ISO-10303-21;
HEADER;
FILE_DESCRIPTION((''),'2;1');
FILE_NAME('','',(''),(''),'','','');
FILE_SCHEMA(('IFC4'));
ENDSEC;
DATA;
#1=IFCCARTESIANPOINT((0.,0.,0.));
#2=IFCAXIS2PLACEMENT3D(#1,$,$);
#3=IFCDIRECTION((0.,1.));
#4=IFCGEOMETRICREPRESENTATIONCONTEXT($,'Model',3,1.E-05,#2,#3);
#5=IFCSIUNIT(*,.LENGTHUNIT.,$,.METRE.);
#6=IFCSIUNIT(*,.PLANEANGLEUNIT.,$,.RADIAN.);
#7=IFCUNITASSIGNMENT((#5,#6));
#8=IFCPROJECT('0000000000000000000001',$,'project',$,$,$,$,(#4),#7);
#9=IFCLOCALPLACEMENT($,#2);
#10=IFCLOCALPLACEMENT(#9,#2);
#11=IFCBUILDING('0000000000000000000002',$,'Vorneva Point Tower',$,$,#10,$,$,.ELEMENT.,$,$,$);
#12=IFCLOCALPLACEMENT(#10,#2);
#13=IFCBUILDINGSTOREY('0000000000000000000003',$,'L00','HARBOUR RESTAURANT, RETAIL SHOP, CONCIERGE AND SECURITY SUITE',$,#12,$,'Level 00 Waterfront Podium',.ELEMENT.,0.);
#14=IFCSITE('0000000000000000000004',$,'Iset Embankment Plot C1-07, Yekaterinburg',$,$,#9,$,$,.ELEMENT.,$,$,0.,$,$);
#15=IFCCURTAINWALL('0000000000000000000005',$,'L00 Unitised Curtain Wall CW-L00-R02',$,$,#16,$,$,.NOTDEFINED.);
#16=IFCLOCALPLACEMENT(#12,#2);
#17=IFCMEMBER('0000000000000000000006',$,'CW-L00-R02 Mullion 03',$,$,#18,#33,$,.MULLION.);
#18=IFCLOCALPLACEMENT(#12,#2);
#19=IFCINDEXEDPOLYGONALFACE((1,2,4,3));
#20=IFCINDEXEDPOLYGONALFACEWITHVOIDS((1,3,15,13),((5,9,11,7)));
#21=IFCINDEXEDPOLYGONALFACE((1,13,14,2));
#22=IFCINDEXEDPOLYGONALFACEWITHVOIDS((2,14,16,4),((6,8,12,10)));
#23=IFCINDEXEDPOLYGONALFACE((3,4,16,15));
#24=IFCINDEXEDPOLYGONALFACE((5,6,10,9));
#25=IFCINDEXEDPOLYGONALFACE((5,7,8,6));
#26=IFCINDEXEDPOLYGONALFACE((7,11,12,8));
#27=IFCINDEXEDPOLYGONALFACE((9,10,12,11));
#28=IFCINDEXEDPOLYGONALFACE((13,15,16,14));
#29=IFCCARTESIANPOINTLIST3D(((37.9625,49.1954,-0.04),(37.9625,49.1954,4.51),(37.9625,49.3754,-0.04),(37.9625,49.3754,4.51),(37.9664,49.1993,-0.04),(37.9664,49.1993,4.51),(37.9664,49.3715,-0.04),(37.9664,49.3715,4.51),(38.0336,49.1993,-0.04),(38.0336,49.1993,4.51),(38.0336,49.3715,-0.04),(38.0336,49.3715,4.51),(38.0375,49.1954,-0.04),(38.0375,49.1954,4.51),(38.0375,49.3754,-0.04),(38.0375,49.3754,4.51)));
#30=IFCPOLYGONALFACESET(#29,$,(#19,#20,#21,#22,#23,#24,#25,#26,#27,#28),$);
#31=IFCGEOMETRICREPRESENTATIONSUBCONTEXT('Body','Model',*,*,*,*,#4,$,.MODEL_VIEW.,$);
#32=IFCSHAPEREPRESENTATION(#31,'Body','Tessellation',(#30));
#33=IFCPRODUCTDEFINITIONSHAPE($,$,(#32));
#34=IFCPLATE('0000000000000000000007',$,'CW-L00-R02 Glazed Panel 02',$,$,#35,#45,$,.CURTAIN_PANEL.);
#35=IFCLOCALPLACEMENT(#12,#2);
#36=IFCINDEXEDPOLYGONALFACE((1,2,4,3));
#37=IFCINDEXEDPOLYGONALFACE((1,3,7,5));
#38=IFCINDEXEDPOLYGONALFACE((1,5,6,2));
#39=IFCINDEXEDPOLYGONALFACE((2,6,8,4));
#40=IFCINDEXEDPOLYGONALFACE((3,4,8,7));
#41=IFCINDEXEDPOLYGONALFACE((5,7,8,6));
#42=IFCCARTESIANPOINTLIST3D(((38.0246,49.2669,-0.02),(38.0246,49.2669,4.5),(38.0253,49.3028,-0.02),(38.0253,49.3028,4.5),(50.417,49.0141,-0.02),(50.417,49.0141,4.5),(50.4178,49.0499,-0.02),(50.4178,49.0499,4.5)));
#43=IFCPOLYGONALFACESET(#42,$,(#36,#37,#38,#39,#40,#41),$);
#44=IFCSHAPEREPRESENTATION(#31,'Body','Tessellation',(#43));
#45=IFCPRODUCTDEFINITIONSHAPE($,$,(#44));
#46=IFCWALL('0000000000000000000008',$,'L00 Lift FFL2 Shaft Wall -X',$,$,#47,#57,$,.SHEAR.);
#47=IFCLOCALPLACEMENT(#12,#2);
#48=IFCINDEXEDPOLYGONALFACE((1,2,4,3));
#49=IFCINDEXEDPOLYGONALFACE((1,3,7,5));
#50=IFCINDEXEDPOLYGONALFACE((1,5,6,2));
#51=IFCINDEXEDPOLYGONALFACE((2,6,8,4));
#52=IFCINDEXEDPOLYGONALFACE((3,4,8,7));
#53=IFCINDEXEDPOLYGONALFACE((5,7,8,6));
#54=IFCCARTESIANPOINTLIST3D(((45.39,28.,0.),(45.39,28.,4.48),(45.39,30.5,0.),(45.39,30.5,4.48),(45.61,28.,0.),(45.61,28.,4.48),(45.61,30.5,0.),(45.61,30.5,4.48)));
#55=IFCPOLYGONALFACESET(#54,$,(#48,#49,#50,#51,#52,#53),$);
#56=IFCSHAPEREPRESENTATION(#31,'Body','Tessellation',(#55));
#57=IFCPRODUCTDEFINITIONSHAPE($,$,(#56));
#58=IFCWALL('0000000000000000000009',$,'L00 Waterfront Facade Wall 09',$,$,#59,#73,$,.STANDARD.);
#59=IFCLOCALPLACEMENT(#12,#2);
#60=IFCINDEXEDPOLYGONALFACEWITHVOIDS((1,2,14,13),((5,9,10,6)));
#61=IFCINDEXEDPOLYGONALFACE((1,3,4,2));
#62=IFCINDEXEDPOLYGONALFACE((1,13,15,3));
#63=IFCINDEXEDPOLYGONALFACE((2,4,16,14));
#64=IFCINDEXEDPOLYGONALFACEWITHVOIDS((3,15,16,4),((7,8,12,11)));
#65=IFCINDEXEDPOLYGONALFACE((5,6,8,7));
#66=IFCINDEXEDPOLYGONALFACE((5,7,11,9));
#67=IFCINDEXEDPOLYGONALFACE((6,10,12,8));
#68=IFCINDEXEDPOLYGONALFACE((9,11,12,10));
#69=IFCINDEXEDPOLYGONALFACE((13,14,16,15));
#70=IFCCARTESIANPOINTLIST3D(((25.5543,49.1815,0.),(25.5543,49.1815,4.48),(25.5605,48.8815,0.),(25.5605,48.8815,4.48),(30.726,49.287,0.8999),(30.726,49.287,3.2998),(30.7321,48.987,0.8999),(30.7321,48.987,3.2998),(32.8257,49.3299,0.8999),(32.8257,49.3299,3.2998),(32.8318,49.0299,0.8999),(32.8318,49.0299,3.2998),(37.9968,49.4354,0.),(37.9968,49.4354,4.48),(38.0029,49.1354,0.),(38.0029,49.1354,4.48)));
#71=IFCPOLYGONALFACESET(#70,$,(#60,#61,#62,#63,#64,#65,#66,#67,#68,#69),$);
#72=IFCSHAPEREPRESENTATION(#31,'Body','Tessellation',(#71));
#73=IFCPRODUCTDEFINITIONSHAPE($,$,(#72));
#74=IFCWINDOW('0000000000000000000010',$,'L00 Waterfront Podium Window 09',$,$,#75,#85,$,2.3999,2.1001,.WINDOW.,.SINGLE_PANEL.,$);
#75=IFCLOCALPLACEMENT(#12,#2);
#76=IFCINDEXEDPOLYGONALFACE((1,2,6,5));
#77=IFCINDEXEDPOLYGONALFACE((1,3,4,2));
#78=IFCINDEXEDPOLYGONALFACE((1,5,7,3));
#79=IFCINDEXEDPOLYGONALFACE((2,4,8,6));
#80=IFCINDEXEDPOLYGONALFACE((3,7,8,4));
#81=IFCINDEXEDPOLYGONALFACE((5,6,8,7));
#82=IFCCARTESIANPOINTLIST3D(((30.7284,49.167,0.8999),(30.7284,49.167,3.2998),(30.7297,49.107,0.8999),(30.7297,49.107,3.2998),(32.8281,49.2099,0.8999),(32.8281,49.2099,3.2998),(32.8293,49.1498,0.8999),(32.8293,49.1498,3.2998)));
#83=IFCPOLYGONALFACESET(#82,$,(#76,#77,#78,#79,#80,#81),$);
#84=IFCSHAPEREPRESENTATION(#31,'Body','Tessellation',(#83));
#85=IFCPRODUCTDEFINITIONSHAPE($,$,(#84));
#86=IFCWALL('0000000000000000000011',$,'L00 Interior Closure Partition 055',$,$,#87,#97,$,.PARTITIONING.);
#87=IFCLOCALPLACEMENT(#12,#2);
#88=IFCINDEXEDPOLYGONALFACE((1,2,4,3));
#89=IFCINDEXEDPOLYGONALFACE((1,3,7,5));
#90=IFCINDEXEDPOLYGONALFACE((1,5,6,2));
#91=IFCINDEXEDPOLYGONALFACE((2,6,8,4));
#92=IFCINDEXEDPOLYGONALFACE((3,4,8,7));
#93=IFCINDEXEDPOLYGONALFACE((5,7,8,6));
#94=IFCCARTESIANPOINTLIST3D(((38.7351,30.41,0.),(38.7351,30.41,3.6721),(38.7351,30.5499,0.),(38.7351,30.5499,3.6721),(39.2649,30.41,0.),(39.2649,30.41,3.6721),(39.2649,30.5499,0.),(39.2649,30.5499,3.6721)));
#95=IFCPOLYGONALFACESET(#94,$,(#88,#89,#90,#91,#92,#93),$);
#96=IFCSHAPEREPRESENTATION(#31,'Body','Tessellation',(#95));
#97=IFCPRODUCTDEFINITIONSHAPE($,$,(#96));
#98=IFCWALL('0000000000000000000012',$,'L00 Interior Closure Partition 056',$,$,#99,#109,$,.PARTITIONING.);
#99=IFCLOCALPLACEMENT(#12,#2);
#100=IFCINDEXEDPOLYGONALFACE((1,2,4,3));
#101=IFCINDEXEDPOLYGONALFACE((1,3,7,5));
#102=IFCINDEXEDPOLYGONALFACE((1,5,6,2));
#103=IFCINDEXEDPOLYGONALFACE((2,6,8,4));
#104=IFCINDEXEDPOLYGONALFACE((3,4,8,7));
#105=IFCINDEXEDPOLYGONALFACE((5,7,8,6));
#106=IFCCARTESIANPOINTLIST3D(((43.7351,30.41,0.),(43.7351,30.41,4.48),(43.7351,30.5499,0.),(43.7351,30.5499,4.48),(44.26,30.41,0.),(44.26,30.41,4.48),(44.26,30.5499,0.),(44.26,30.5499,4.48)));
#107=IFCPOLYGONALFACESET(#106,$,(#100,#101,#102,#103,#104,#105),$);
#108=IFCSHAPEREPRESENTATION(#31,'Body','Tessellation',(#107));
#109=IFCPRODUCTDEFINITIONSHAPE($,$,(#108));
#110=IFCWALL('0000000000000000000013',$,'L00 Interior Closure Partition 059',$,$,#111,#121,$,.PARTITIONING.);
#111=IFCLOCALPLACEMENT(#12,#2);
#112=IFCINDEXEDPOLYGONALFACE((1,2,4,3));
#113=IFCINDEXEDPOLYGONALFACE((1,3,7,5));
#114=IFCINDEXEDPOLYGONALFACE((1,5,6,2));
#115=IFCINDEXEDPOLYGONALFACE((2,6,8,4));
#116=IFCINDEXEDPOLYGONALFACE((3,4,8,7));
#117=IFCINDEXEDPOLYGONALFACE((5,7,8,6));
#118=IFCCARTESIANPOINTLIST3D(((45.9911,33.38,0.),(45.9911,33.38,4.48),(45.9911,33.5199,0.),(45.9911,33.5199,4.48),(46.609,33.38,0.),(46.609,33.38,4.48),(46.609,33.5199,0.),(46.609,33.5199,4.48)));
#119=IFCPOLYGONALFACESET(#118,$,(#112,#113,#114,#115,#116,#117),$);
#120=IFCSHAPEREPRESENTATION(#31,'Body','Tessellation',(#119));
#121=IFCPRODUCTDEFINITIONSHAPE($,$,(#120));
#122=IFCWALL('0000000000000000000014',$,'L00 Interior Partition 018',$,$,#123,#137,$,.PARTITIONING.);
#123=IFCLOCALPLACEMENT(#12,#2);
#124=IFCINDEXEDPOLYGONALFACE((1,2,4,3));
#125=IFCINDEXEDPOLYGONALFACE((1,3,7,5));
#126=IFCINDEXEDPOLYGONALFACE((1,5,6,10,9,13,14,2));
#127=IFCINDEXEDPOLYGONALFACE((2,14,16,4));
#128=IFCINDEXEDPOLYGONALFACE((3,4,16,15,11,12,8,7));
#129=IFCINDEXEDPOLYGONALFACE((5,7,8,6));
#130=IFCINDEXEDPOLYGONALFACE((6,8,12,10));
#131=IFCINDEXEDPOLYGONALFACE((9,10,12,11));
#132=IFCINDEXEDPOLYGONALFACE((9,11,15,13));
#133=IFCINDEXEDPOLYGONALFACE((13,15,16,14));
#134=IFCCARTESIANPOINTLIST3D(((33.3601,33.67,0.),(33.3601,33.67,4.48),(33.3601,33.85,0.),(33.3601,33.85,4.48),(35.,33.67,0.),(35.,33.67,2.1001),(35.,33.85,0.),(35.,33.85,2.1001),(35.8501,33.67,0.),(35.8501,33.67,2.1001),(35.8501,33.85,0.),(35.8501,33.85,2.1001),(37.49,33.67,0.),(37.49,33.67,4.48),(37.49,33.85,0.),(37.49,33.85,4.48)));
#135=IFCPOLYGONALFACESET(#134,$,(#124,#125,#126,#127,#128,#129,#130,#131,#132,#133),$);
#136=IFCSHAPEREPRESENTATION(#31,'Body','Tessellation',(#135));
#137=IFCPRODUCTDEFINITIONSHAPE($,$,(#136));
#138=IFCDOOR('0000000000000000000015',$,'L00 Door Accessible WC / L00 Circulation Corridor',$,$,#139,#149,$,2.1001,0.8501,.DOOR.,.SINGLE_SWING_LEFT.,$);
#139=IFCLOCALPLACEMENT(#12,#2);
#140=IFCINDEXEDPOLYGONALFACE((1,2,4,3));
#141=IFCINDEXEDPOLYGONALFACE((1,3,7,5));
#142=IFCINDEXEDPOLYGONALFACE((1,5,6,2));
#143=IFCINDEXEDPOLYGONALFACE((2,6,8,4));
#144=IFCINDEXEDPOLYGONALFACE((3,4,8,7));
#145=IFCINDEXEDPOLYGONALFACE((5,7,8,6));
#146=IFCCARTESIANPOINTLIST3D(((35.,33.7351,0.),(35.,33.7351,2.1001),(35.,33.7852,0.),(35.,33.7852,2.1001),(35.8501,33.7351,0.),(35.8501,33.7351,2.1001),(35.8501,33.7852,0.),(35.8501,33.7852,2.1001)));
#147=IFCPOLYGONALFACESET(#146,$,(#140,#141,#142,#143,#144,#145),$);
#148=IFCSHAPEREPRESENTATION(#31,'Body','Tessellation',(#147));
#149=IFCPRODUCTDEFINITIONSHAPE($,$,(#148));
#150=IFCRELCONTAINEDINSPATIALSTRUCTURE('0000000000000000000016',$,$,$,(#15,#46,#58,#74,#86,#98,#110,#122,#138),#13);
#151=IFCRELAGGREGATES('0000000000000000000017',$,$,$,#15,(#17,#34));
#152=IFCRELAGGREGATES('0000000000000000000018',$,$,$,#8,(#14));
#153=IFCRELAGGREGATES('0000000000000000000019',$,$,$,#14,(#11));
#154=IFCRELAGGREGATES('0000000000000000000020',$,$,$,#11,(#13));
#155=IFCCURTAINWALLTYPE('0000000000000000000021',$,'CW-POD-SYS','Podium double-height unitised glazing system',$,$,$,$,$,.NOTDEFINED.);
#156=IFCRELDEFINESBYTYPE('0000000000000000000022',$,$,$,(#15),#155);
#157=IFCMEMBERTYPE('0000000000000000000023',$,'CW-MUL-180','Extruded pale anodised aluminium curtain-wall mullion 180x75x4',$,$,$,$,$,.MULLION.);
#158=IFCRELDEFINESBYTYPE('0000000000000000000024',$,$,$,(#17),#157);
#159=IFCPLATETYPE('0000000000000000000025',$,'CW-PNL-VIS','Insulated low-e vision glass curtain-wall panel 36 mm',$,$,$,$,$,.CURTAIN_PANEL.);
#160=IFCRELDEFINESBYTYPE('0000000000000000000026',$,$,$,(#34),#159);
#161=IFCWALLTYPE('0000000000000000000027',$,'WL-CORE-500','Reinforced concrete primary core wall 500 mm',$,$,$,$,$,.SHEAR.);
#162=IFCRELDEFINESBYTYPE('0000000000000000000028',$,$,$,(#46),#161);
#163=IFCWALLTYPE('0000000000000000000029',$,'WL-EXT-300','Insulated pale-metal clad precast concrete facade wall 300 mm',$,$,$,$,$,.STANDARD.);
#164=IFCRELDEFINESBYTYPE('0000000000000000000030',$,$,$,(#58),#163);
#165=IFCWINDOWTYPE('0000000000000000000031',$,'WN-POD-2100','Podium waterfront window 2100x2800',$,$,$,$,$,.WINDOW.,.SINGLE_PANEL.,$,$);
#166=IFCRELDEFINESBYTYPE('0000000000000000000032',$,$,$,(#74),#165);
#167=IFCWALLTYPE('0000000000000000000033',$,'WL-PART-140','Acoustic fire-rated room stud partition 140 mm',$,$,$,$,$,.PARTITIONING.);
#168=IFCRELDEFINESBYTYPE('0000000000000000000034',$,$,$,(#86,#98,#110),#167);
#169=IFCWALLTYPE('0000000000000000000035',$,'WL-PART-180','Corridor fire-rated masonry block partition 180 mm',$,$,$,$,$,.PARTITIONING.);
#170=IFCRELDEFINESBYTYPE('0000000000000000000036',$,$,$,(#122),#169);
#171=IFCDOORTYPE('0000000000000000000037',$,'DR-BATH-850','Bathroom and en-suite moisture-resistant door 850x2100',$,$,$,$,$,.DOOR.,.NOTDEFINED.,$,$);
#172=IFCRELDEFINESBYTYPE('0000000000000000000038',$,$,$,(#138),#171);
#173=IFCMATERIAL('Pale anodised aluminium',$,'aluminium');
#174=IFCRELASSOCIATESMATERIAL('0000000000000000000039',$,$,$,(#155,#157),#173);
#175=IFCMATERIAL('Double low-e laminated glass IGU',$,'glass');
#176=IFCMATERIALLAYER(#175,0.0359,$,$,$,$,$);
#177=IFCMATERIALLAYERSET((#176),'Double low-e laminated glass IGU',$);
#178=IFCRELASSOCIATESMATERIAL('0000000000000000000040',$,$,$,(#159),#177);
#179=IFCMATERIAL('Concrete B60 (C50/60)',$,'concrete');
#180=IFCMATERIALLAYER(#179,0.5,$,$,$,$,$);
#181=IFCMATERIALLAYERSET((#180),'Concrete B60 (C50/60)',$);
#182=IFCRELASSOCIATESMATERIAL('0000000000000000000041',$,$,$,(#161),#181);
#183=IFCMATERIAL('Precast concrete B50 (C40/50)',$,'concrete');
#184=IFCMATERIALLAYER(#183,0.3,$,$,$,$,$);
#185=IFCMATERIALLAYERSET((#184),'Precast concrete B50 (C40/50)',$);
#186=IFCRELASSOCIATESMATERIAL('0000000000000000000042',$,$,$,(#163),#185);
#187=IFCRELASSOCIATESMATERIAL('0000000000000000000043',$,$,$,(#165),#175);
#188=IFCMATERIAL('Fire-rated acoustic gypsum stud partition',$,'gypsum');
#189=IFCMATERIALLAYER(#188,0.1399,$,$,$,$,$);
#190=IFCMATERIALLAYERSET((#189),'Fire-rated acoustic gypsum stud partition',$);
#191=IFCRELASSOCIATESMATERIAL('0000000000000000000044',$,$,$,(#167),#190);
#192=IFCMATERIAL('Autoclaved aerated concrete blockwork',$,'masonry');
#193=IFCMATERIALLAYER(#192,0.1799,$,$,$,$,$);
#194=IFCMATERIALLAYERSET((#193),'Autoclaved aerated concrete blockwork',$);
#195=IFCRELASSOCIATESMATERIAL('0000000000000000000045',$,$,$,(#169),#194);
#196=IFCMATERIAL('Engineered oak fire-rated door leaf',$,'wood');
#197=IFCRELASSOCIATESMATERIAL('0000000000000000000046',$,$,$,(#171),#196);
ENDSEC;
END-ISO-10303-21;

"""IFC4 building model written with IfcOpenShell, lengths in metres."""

from ifc_helpers import new_model, si_unit, direction, frame, frame_2d, origin, origin_2d, place, context, subcontext, project, spatial, rectangle, hollow_rectangle, extrude, material, layer, layer_set, material_profile, profile_set, type_object, element, fill, aggregate, save


model = new_model("IFC4")

# Units and contexts
model_context = context("Model", 3, precision=1e-05, world=origin(), true_north=direction((0.0, 1.0)))
body_context = subcontext(model_context, "Body", "Model", "MODEL_VIEW")
ifc_project = project(units=[si_unit("LENGTHUNIT", "METRE"), si_unit("PLANEANGLEUNIT", "RADIAN")], contexts=[model_context])

# Site, building, storey
site_placement = place(None, origin())
site = spatial("IfcSite", under=ifc_project, at=site_placement, Name="Iset Embankment Plot C1-07, Yekaterinburg", CompositionType="ELEMENT", RefElevation=0.0)
building_placement = place(site_placement, origin())
building = spatial("IfcBuilding", under=site, at=building_placement, Name="Vorneva Point Tower", CompositionType="ELEMENT")
storey_placement = place(building_placement, origin())
storey = spatial("IfcBuildingStorey", under=building, at=storey_placement, Name="L00", Description="HARBOUR RESTAURANT, RETAIL SHOP, CONCIERGE AND SECURITY SUITE", LongName="Level 00 Waterfront Podium", CompositionType="ELEMENT", Elevation=0.0)

# Shared definitions
ifc_material_1 = material(Name="Concrete B60 (C50/60)", Category="concrete")

# Curtain wall, member, plate
ifc_material_2 = material(Name="Pale anodised aluminium", Category="aluminium")
curtain_wall_type = type_object("IfcCurtainWallType", Name="CW-POD-SYS", Description="Podium double-height unitised glazing system", PredefinedType="NOTDEFINED", material=ifc_material_2)
curtain_wall_placement = place(storey_placement, origin())
curtain_wall = element("IfcCurtainWall", 1, at=curtain_wall_placement, inside=storey, type_object=curtain_wall_type, Name="L00 Unitised Curtain Wall CW-L00-R02", PredefinedType="NOTDEFINED")
ifc_material_profile_1 = material_profile(ifc_material_2, hollow_rectangle(XDim=0.075, YDim=0.1799, WallThickness=0.0039, at=origin_2d()), Name="AL-MUL 180x75x4")
ifc_profile_set_1 = profile_set([ifc_material_profile_1], Name="Pale anodised aluminium")
member_type = type_object("IfcMemberType", Name="CW-MUL-180", Description="Extruded pale anodised aluminium curtain-wall mullion 180x75x4", PredefinedType="MULLION", material=ifc_profile_set_1)
member_placement = place(storey_placement, frame((38.0, 49.2854, -0.04), z_axis=(0.0, 0.0, 1.0), x_axis=(1.0, 0.0, 0.0)))
member = element("IfcMember", 2, at=member_placement, type_object=member_type, Name="CW-L00-R02 Mullion 03", PredefinedType="MULLION", context=body_context, shape_type="SweptSolid", body=[
    extrude(hollow_rectangle(XDim=0.075, YDim=0.1799, WallThickness=0.0039, at=origin_2d()), origin(), (0.0, 0.0, 1.0), 4.55),
])
ifc_material_3 = material(Name="Double low-e laminated glass IGU", Category="glass")
ifc_layer_1 = layer(ifc_material_3, 0.0359)
ifc_layer_set_1 = layer_set([ifc_layer_1], Name="Double low-e laminated glass IGU")
plate_type = type_object("IfcPlateType", Name="CW-PNL-VIS", Description="Insulated low-e vision glass curtain-wall panel 36 mm", PredefinedType="CURTAIN_PANEL", material=ifc_layer_set_1)
plate_placement = place(storey_placement, frame((44.2212, 49.1584, -0.02), z_axis=(0.0, 0.0, 1.0), x_axis=(-0.999792, 0.020401, 0.0)))
plate = element("IfcPlate", 3, at=plate_placement, type_object=plate_type, Name="CW-L00-R02 Glazed Panel 02", PredefinedType="CURTAIN_PANEL", context=body_context, shape_type="SweptSolid", body=[
    extrude(rectangle(XDim=12.395, YDim=0.0359, at=origin_2d()), origin(), (0.0, 0.0, 1.0), 4.52),
])
aggregate(curtain_wall, [member, plate])

# Wall
ifc_layer_2 = layer(ifc_material_1, 0.5)
ifc_layer_set_2 = layer_set([ifc_layer_2], Name="Concrete B60 (C50/60)")
wall_type_1 = type_object("IfcWallType", Name="WL-CORE-500", Description="Reinforced concrete primary core wall 500 mm", PredefinedType="SHEAR", material=ifc_layer_set_2)
wall_1_placement = place(storey_placement, frame((45.5, 30.5, 0.0), z_axis=(0.0, 0.0, 1.0), x_axis=(0.0, -1.0, 0.0)))
element("IfcWall", 4, at=wall_1_placement, inside=storey, type_object=wall_type_1, Name="L00 Lift FFL2 Shaft Wall -X", PredefinedType="SHEAR", context=body_context, shape_type="SweptSolid", body=[
    extrude(rectangle(XDim=2.5, YDim=0.22, at=frame_2d((1.25, 0.0))), origin(), (0.0, 0.0, 1.0), 4.48),
])

# Wall, opening, window
ifc_material_4 = material(Name="Precast concrete B50 (C40/50)", Category="concrete")
ifc_layer_3 = layer(ifc_material_4, 0.3)
ifc_layer_set_3 = layer_set([ifc_layer_3], Name="Precast concrete B50 (C40/50)")
wall_type_2 = type_object("IfcWallType", Name="WL-EXT-300", Description="Insulated pale-metal clad precast concrete facade wall 300 mm", PredefinedType="STANDARD", material=ifc_layer_set_3)
wall_2_placement = place(storey_placement, frame((38.0, 49.2854, 0.0), z_axis=(0.0, 0.0, 1.0), x_axis=(-0.999792, -0.020402, 0.0)))
wall_2 = element("IfcWall", 5, at=wall_2_placement, inside=storey, type_object=wall_type_2, Name="L00 Waterfront Facade Wall 09", PredefinedType="STANDARD", context=body_context, shape_type="SweptSolid", body=[
    extrude(rectangle(XDim=12.4451, YDim=0.3, at=frame_2d((6.2227, 0.0))), origin(), (0.0, 0.0, 1.0), 4.48),
])
opening_1_placement = place(wall_2_placement, frame((5.1724, 0.0, 0.8999)))
opening_1 = element("IfcOpeningElement", 6, at=opening_1_placement, cuts=wall_2, PredefinedType="OPENING", context=body_context, shape_type="SweptSolid", body=[
    extrude(rectangle(XDim=2.1001, YDim=2.3999, at=frame_2d((1.05, 1.2))), frame((0.0, 0.165, 0.0), z_axis=(0.0, -1.0, 0.0), x_axis=(1.0, 0.0, 0.0)), (0.0, 0.0, 1.0), 0.3298),
])
window_type = type_object("IfcWindowType", Name="WN-POD-2100", Description="Podium waterfront window 2100x2800", PartitioningType="SINGLE_PANEL", PredefinedType="WINDOW", material=ifc_material_3)
window_placement = place(opening_1_placement, origin())
window = element("IfcWindow", 7, at=window_placement, inside=storey, type_object=window_type, Name="L00 Waterfront Podium Window 09", OverallHeight=2.3999, OverallWidth=2.1001, PartitioningType="SINGLE_PANEL", PredefinedType="WINDOW", context=body_context, shape_type="SweptSolid", body=[
    extrude(rectangle(XDim=2.1001, YDim=2.3999, at=frame_2d((1.05, 1.2))), frame((0.0, 0.03, 0.0), z_axis=(0.0, -1.0, 0.0), x_axis=(1.0, 0.0, 0.0)), (0.0, 0.0, 1.0), 0.0601),
])
fill(opening_1, window)

# Walls
ifc_material_5 = material(Name="Fire-rated acoustic gypsum stud partition", Category="gypsum")
ifc_layer_4 = layer(ifc_material_5, 0.1399)
ifc_layer_set_4 = layer_set([ifc_layer_4], Name="Fire-rated acoustic gypsum stud partition")
wall_type_3 = type_object("IfcWallType", Name="WL-PART-140", Description="Acoustic fire-rated room stud partition 140 mm", PredefinedType="PARTITIONING", material=ifc_layer_set_4)
wall_3_placement = place(storey_placement, frame((38.7351, 30.48, 0.0), z_axis=(0.0, 0.0, 1.0), x_axis=(1.0, 0.0, 0.0)))
element("IfcWall", 8, at=wall_3_placement, inside=storey, type_object=wall_type_3, Name="L00 Interior Closure Partition 055", PredefinedType="PARTITIONING", context=body_context, shape_type="SweptSolid", body=[
    extrude(rectangle(XDim=0.5298, YDim=0.1399, at=frame_2d((0.2649, 0.0))), origin(), (0.0, 0.0, 1.0), 3.6721),
])
wall_4_placement = place(storey_placement, frame((43.7351, 30.48, 0.0), z_axis=(0.0, 0.0, 1.0), x_axis=(1.0, 0.0, 0.0)))
element("IfcWall", 9, at=wall_4_placement, inside=storey, type_object=wall_type_3, Name="L00 Interior Closure Partition 056", PredefinedType="PARTITIONING", context=body_context, shape_type="SweptSolid", body=[
    extrude(rectangle(XDim=0.5249, YDim=0.1399, at=frame_2d((0.2625, 0.0))), origin(), (0.0, 0.0, 1.0), 4.48),
])
wall_5_placement = place(storey_placement, frame((45.991, 33.45, 0.0), z_axis=(0.0, 0.0, 1.0), x_axis=(1.0, 0.0, 0.0)))
element("IfcWall", 10, at=wall_5_placement, inside=storey, type_object=wall_type_3, Name="L00 Interior Closure Partition 059", PredefinedType="PARTITIONING", context=body_context, shape_type="SweptSolid", body=[
    extrude(rectangle(XDim=0.6179, YDim=0.1399, at=frame_2d((0.3091, 0.0))), origin(), (0.0, 0.0, 1.0), 4.48),
])

# Wall, opening, door
ifc_material_6 = material(Name="Autoclaved aerated concrete blockwork", Category="masonry")
ifc_layer_5 = layer(ifc_material_6, 0.1799)
ifc_layer_set_5 = layer_set([ifc_layer_5], Name="Autoclaved aerated concrete blockwork")
wall_type_4 = type_object("IfcWallType", Name="WL-PART-180", Description="Corridor fire-rated masonry block partition 180 mm", PredefinedType="PARTITIONING", material=ifc_layer_set_5)
wall_6_placement = place(storey_placement, frame((37.49, 33.76, 0.0), z_axis=(0.0, 0.0, 1.0), x_axis=(-1.0, 0.0, 0.0)))
wall_6 = element("IfcWall", 11, at=wall_6_placement, inside=storey, type_object=wall_type_4, Name="L00 Interior Partition 018", PredefinedType="PARTITIONING", context=body_context, shape_type="SweptSolid", body=[
    extrude(rectangle(XDim=4.1299, YDim=0.1799, at=frame_2d((2.0649, 0.0))), origin(), (0.0, 0.0, 1.0), 4.48),
])
opening_2_placement = place(wall_6_placement, frame((1.6399, 0.0, 0.0)))
opening_2 = element("IfcOpeningElement", 12, at=opening_2_placement, cuts=wall_6, PredefinedType="OPENING", context=body_context, shape_type="SweptSolid", body=[
    extrude(rectangle(XDim=0.8501, YDim=2.1001, at=frame_2d((0.425, 1.05))), frame((0.0, 0.105, 0.0), z_axis=(0.0, -1.0, 0.0), x_axis=(1.0, 0.0, 0.0)), (0.0, 0.0, 1.0), 0.2097),
])
ifc_material_7 = material(Name="Engineered oak fire-rated door leaf", Category="wood")
door_type_1 = type_object("IfcDoorType", Name="DR-BATH-850", Description="Bathroom and en-suite moisture-resistant door 850x2100", OperationType="NOTDEFINED", PredefinedType="DOOR", material=ifc_material_7)
door_1_placement = place(opening_2_placement, origin())
door_1 = element("IfcDoor", 13, at=door_1_placement, inside=storey, type_object=door_type_1, Name="L00 Door Accessible WC / L00 Circulation Corridor", OperationType="SINGLE_SWING_LEFT", OverallHeight=2.1001, OverallWidth=0.8501, PredefinedType="DOOR", context=body_context, shape_type="SweptSolid", body=[
    extrude(rectangle(XDim=0.8501, YDim=2.1001, at=frame_2d((0.425, 1.05))), frame((0.0, 0.0249, 0.0), z_axis=(0.0, -1.0, 0.0), x_axis=(1.0, 0.0, 0.0)), (0.0, 0.0, 1.0), 0.05),
])
fill(opening_2, door_1)

save(model, "model.ifc")
